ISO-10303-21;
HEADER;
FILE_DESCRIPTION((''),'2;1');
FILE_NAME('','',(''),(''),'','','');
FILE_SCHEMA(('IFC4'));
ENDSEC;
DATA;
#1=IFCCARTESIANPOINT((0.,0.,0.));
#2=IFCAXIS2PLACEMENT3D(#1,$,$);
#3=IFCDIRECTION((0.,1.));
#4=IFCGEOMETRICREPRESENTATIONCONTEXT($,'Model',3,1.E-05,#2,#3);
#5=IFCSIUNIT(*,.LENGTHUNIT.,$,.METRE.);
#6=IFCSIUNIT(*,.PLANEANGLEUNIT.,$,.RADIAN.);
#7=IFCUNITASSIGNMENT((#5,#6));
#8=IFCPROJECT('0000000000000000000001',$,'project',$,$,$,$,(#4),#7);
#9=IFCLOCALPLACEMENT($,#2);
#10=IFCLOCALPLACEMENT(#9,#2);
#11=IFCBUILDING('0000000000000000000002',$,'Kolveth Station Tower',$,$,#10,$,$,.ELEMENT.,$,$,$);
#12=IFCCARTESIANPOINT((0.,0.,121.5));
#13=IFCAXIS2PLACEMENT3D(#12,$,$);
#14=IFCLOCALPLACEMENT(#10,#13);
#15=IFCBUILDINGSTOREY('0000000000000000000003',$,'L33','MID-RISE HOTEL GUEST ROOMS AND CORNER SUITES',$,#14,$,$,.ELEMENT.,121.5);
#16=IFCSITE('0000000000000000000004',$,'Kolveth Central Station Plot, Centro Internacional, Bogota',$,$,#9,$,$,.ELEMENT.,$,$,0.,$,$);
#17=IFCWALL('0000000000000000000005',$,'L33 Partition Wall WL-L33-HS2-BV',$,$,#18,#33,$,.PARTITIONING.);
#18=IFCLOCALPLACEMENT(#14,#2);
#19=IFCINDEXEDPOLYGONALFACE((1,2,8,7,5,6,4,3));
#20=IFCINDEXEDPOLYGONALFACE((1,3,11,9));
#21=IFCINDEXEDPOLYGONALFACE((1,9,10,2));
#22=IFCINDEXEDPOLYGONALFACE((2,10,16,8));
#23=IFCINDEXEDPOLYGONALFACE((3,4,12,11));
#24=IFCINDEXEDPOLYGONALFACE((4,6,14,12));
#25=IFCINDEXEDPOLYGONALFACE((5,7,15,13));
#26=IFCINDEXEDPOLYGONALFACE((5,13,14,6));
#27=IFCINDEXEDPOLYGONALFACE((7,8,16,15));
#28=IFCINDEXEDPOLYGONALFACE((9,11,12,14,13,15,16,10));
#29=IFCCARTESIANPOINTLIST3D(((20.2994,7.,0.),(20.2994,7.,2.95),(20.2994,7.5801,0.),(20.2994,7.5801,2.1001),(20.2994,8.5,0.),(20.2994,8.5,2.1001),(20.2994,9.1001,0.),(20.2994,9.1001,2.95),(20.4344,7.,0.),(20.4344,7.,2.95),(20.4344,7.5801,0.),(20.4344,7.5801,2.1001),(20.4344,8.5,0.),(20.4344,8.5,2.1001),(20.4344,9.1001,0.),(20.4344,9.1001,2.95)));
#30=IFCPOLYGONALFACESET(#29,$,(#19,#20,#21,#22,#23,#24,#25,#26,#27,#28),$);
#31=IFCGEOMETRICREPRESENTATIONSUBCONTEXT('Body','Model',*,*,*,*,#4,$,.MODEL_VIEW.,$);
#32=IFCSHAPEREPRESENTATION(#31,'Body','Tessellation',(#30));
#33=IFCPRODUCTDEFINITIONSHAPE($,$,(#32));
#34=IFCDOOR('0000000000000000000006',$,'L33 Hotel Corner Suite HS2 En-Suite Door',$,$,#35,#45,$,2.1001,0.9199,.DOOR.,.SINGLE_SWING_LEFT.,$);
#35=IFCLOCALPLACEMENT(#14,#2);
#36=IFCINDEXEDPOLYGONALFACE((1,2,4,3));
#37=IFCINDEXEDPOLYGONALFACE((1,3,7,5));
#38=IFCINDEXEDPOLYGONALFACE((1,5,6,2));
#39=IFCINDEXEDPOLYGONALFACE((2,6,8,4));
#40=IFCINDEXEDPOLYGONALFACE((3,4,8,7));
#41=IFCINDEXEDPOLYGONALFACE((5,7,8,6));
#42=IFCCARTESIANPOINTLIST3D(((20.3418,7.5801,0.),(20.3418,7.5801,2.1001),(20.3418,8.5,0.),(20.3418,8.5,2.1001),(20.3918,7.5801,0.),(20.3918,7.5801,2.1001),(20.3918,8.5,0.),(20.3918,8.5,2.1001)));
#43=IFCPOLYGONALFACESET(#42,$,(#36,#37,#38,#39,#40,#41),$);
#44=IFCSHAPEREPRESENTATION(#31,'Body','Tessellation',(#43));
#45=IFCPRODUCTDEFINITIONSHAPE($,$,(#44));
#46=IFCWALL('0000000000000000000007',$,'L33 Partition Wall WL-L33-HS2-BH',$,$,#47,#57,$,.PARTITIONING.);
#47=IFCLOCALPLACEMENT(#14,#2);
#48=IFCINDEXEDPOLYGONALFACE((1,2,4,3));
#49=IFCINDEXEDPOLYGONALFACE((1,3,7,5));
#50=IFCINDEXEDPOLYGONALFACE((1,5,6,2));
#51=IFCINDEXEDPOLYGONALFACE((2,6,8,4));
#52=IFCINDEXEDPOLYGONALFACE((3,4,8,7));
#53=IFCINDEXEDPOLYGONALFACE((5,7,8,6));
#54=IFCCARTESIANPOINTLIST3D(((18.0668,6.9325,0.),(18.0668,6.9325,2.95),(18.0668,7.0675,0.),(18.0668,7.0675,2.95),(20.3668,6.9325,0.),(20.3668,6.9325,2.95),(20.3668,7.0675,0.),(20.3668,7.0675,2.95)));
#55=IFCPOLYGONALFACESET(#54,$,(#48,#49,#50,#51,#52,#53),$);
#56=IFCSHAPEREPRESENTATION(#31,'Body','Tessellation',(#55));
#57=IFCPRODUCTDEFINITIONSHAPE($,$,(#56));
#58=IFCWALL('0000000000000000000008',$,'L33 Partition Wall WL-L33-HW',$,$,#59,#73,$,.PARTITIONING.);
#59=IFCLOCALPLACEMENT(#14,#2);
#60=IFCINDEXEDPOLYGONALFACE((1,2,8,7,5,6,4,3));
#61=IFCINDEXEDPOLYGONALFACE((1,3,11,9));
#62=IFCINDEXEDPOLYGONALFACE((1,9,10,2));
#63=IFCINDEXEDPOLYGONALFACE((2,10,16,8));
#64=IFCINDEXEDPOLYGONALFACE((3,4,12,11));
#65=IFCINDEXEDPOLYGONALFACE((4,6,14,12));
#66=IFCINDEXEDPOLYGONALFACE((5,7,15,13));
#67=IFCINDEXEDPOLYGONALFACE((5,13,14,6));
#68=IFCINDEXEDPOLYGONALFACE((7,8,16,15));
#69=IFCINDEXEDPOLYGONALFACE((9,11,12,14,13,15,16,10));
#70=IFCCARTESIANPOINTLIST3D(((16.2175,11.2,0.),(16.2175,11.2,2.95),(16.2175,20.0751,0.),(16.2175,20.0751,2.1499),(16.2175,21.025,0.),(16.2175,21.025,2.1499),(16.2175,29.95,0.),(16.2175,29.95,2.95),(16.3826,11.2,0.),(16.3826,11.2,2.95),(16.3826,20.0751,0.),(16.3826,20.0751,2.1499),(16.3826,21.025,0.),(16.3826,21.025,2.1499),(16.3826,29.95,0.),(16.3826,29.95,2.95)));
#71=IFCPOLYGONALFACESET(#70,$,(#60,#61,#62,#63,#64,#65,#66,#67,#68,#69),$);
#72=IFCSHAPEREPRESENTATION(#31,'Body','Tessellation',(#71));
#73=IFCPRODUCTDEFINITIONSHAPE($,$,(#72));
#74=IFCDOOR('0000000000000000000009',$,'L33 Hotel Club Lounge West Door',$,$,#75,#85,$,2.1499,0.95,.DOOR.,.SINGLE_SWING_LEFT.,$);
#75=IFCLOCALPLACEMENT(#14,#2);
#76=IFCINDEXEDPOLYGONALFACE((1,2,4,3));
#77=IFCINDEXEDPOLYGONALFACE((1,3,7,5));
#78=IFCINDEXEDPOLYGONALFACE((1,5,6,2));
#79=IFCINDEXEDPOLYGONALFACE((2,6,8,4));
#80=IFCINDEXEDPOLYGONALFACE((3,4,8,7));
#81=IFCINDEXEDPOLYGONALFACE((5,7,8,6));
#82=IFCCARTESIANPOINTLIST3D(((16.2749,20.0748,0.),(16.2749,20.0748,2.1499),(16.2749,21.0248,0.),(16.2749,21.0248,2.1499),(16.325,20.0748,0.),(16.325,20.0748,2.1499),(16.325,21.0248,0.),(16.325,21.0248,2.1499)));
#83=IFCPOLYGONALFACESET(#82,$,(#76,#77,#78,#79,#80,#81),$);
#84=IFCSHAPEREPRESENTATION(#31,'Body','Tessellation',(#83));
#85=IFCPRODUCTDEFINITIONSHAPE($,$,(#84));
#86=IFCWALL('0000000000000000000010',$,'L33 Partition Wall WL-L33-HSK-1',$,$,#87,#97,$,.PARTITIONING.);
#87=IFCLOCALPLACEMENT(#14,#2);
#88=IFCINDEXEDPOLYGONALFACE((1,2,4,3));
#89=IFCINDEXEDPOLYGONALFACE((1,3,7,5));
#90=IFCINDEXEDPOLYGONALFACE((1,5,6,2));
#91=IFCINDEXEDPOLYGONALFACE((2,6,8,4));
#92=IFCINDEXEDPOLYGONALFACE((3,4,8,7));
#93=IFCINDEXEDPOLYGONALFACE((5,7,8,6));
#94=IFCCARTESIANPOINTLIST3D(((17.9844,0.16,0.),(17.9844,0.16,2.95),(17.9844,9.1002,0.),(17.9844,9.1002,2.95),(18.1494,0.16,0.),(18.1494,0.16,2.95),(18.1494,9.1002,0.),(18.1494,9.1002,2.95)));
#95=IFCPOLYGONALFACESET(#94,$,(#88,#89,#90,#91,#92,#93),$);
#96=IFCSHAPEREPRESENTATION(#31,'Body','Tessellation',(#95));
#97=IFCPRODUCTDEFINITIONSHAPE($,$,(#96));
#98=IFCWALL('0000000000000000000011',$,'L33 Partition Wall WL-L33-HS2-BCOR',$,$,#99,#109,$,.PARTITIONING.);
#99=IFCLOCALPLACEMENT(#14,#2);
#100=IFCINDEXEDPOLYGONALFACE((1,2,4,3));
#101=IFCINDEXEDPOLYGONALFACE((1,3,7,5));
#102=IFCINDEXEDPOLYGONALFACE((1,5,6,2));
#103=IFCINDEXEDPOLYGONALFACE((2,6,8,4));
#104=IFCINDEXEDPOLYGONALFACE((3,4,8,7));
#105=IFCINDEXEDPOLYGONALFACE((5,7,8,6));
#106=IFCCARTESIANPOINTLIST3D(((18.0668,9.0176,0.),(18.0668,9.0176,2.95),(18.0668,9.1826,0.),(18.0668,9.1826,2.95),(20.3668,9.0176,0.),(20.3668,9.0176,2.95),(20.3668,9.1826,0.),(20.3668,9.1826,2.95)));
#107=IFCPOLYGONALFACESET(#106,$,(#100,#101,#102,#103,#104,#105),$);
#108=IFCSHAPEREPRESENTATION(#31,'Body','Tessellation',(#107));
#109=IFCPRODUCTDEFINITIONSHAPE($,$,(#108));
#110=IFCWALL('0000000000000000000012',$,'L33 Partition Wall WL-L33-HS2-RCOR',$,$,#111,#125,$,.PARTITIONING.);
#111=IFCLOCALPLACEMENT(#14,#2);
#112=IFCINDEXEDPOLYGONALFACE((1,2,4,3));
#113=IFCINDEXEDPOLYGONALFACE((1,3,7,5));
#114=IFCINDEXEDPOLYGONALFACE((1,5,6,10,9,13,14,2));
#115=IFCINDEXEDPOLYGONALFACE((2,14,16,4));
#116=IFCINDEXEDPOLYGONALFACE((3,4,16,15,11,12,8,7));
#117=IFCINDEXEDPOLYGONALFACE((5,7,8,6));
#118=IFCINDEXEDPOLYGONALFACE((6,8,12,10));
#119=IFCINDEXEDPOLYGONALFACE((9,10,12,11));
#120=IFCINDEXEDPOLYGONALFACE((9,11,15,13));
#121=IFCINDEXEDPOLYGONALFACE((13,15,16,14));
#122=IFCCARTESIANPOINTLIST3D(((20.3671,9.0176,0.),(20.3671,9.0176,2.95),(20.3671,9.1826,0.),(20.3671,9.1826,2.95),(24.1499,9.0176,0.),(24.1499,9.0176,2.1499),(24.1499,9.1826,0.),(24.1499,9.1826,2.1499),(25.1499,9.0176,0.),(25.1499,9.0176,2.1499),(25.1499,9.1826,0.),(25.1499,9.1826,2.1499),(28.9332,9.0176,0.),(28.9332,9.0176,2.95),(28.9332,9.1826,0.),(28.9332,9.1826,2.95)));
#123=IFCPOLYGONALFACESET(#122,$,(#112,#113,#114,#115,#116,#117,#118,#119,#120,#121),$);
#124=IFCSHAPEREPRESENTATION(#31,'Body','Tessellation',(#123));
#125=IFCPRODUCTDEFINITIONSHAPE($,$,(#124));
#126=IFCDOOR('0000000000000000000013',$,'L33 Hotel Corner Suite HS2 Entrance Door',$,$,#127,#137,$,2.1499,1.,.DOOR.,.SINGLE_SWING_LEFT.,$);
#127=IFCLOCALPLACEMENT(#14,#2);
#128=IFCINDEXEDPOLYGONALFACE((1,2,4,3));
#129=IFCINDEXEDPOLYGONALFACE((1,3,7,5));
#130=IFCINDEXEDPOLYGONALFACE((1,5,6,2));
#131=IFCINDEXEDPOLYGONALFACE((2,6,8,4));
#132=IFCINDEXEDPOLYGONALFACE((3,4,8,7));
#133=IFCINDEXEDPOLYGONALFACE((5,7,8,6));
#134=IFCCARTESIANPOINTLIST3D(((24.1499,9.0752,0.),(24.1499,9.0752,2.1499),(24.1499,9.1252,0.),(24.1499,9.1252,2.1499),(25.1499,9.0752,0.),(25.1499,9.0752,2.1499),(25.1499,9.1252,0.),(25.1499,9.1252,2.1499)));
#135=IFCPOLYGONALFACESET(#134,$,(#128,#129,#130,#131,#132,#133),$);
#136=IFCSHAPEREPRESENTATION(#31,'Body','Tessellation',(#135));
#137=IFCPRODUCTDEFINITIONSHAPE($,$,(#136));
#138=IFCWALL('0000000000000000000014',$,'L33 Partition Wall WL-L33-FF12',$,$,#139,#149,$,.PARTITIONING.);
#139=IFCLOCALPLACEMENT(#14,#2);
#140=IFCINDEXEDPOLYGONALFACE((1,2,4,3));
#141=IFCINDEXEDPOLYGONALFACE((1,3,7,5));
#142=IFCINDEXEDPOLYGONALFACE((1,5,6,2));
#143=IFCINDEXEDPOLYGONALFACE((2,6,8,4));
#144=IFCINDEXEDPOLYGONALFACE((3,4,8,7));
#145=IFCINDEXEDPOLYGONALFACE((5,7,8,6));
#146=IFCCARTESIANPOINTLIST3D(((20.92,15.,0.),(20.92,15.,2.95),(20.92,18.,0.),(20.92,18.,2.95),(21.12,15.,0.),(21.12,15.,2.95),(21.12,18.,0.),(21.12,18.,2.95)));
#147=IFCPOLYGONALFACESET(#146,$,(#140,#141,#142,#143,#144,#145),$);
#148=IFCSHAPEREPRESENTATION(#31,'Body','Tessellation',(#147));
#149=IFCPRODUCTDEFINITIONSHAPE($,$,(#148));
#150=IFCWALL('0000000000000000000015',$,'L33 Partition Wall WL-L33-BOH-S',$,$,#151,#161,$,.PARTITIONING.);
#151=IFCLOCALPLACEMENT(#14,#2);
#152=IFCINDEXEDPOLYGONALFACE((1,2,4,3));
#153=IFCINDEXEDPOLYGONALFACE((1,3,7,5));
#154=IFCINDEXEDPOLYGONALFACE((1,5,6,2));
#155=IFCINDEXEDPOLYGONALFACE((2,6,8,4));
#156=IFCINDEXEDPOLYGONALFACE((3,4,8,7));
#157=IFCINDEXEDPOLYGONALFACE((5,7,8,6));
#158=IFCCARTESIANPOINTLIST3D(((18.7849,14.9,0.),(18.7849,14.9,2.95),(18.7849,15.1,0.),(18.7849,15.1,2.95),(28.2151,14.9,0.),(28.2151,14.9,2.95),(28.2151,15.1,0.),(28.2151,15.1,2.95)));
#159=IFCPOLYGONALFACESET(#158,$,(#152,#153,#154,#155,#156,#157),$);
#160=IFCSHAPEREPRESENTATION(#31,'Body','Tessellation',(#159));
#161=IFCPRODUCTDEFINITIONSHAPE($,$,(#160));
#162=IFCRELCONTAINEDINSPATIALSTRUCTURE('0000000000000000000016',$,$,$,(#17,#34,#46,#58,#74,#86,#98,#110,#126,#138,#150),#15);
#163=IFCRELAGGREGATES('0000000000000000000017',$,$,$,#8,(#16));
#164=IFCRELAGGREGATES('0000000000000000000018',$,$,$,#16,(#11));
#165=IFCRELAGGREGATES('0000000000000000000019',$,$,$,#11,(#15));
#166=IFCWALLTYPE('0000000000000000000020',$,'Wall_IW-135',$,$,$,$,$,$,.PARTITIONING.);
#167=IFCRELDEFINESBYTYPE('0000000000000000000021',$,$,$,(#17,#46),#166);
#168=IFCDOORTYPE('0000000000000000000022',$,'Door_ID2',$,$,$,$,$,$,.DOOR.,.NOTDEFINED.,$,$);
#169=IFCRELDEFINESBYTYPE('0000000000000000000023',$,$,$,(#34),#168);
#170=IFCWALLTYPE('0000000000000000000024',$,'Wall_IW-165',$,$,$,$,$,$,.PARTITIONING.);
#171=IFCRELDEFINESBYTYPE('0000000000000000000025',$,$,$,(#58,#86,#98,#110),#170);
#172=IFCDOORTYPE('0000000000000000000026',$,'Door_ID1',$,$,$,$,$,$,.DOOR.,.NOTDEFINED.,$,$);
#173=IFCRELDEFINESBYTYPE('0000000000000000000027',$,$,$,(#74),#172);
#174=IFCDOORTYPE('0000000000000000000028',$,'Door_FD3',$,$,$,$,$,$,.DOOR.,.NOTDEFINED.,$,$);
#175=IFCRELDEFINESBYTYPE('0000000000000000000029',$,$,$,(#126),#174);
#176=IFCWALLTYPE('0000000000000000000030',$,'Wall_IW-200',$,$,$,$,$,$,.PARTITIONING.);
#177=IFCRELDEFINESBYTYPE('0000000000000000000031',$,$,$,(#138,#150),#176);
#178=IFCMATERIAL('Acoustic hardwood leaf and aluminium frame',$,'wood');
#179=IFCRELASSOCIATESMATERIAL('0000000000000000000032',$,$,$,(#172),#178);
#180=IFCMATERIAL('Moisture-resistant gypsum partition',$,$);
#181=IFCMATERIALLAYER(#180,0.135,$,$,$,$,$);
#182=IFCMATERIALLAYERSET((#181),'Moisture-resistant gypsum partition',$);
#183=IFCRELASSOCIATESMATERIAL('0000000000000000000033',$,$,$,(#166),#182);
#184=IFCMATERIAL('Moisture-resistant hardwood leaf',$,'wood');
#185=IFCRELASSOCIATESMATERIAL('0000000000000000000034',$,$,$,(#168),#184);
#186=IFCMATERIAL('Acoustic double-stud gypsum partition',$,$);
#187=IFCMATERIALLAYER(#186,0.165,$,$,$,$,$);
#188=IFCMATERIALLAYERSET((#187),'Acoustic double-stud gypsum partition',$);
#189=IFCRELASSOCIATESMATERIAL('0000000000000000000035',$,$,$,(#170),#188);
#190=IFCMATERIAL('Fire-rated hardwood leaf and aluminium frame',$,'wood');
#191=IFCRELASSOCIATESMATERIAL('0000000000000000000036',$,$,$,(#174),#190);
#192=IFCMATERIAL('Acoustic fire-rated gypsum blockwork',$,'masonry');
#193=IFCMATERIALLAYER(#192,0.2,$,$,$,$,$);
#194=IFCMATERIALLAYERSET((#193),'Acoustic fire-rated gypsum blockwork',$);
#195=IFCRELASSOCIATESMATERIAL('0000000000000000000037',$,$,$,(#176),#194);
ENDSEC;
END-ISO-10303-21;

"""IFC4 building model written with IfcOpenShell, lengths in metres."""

from ifc_helpers import new_model, si_unit, direction, frame, frame_2d, origin, place, context, subcontext, project, spatial, rectangle, extrude, material, layer, layer_set, type_object, element, fill, save


model = new_model("IFC4")

# Units and contexts
model_context = context("Model", 3, precision=1e-05, world=origin(), true_north=direction((0.0, 1.0)))
body_context = subcontext(model_context, "Body", "Model", "MODEL_VIEW")
ifc_project = project(units=[si_unit("LENGTHUNIT", "METRE"), si_unit("PLANEANGLEUNIT", "RADIAN")], contexts=[model_context])

# Site, building, storey
site_placement = place(None, origin())
site = spatial("IfcSite", under=ifc_project, at=site_placement, Name="Kolveth Central Station Plot, Centro Internacional, Bogota", CompositionType="ELEMENT", RefElevation=0.0)
building_placement = place(site_placement, origin())
building = spatial("IfcBuilding", under=site, at=building_placement, Name="Kolveth Station Tower", CompositionType="ELEMENT")
storey_placement = place(building_placement, frame((0.0, 0.0, 121.5)))
storey = spatial("IfcBuildingStorey", under=building, at=storey_placement, Name="L33", Description="MID-RISE HOTEL GUEST ROOMS AND CORNER SUITES", CompositionType="ELEMENT", Elevation=121.5)

# Shared definitions
ifc_material_1 = material(Name="Acoustic hardwood leaf and aluminium frame", Category="wood")
door_type_1 = type_object("IfcDoorType", Name="Door_ID1", OperationType="NOTDEFINED", PredefinedType="DOOR", material=ifc_material_1)

# Wall, opening, door
ifc_material_2 = material(Name="Moisture-resistant gypsum partition")
ifc_layer_1 = layer(ifc_material_2, 0.135)
ifc_layer_set_1 = layer_set([ifc_layer_1], Name="Moisture-resistant gypsum partition")
wall_type_1 = type_object("IfcWallType", Name="Wall_IW-135", PredefinedType="PARTITIONING", material=ifc_layer_set_1)
wall_1_placement = place(storey_placement, frame((20.3669, 7.0, 0.0), z_axis=(0.0, 0.0, 1.0), x_axis=(0.0, 1.0, 0.0)))
wall_1 = element("IfcWall", 1, at=wall_1_placement, inside=storey, type_object=wall_type_1, Name="L33 Partition Wall WL-L33-HS2-BV", PredefinedType="PARTITIONING", context=body_context, shape_type="SweptSolid", body=[
    extrude(rectangle(XDim=2.1001, YDim=0.135, at=frame_2d((1.05, 0.0))), origin(), (0.0, 0.0, 1.0), 2.95),
])
opening_1_placement = place(wall_1_placement, frame((0.5801, 0.0, 0.0)))
opening_1 = element("IfcOpeningElement", 2, at=opening_1_placement, cuts=wall_1, PredefinedType="OPENING", context=body_context, shape_type="SweptSolid", body=[
    extrude(rectangle(XDim=0.9199, YDim=2.1001, at=frame_2d((0.46, 1.05))), frame((0.0, 0.0774, 0.0), z_axis=(0.0, -1.0, 0.0), x_axis=(1.0, 0.0, 0.0)), (0.0, 0.0, 1.0), 0.155),
])
ifc_material_3 = material(Name="Moisture-resistant hardwood leaf", Category="wood")
door_type_2 = type_object("IfcDoorType", Name="Door_ID2", OperationType="NOTDEFINED", PredefinedType="DOOR", material=ifc_material_3)
door_1_placement = place(opening_1_placement, frame((0.9199, 0.0, 0.0), z_axis=(0.0, 0.0, 1.0), x_axis=(-1.0, 0.0, 0.0)))
door_1 = element("IfcDoor", 3, at=door_1_placement, inside=storey, type_object=door_type_2, Name="L33 Hotel Corner Suite HS2 En-Suite Door", OperationType="SINGLE_SWING_LEFT", OverallHeight=2.1001, OverallWidth=0.9199, PredefinedType="DOOR", context=body_context, shape_type="SweptSolid", body=[
    extrude(rectangle(XDim=0.9199, YDim=2.1001, at=frame_2d((0.46, 1.05))), frame((0.0, 0.0249, 0.0), z_axis=(0.0, -1.0, 0.0), x_axis=(1.0, 0.0, 0.0)), (0.0, 0.0, 1.0), 0.05),
])
fill(opening_1, door_1)

# Wall
wall_2_placement = place(storey_placement, frame((18.0669, 7.0, 0.0), z_axis=(0.0, 0.0, 1.0), x_axis=(1.0, 0.0, 0.0)))
element("IfcWall", 4, at=wall_2_placement, inside=storey, type_object=wall_type_1, Name="L33 Partition Wall WL-L33-HS2-BH", PredefinedType="PARTITIONING", context=body_context, shape_type="SweptSolid", body=[
    extrude(rectangle(XDim=2.3, YDim=0.135, at=frame_2d((1.1499, 0.0))), origin(), (0.0, 0.0, 1.0), 2.95),
])

# Wall, opening, door
ifc_material_4 = material(Name="Acoustic double-stud gypsum partition")
ifc_layer_2 = layer(ifc_material_4, 0.165)
ifc_layer_set_2 = layer_set([ifc_layer_2], Name="Acoustic double-stud gypsum partition")
wall_type_2 = type_object("IfcWallType", Name="Wall_IW-165", PredefinedType="PARTITIONING", material=ifc_layer_set_2)
wall_3_placement = place(storey_placement, frame((16.3, 11.2, 0.0), z_axis=(0.0, 0.0, 1.0), x_axis=(0.0, 1.0, 0.0)))
wall_3 = element("IfcWall", 5, at=wall_3_placement, inside=storey, type_object=wall_type_2, Name="L33 Partition Wall WL-L33-HW", PredefinedType="PARTITIONING", context=body_context, shape_type="SweptSolid", body=[
    extrude(rectangle(XDim=18.75, YDim=0.165, at=frame_2d((9.375, 0.0))), origin(), (0.0, 0.0, 1.0), 2.95),
])
opening_2_placement = place(wall_3_placement, frame((8.875, 0.0, 0.0)))
opening_2 = element("IfcOpeningElement", 6, at=opening_2_placement, cuts=wall_3, PredefinedType="OPENING", context=body_context, shape_type="SweptSolid", body=[
    extrude(rectangle(XDim=0.95, YDim=2.1499, at=frame_2d((0.4751, 1.075))), frame((0.0, 0.0925, 0.0), z_axis=(0.0, -1.0, 0.0), x_axis=(1.0, 0.0, 0.0)), (0.0, 0.0, 1.0), 0.1851),
])
door_2_placement = place(opening_2_placement, frame((0.95, 0.0, 0.0), z_axis=(0.0, 0.0, 1.0), x_axis=(-1.0, 0.0, 0.0)))
door_2 = element("IfcDoor", 7, at=door_2_placement, inside=storey, type_object=door_type_1, Name="L33 Hotel Club Lounge West Door", OperationType="SINGLE_SWING_LEFT", OverallHeight=2.1499, OverallWidth=0.95, PredefinedType="DOOR", context=body_context, shape_type="SweptSolid", body=[
    extrude(rectangle(XDim=0.95, YDim=2.1499, at=frame_2d((0.4751, 1.075))), frame((0.0, 0.0249, 0.0), z_axis=(0.0, -1.0, 0.0), x_axis=(1.0, 0.0, 0.0)), (0.0, 0.0, 1.0), 0.05),
])
fill(opening_2, door_2)

# Walls
wall_4_placement = place(storey_placement, frame((18.0669, 0.1599, 0.0), z_axis=(0.0, 0.0, 1.0), x_axis=(0.0, 1.0, 0.0)))
element("IfcWall", 8, at=wall_4_placement, inside=storey, type_object=wall_type_2, Name="L33 Partition Wall WL-L33-HSK-1", PredefinedType="PARTITIONING", context=body_context, shape_type="SweptSolid", body=[
    extrude(rectangle(XDim=8.9402, YDim=0.165, at=frame_2d((4.4702, 0.0))), origin(), (0.0, 0.0, 1.0), 2.95),
])
wall_5_placement = place(storey_placement, frame((18.0669, 9.1001, 0.0), z_axis=(0.0, 0.0, 1.0), x_axis=(1.0, 0.0, 0.0)))
element("IfcWall", 9, at=wall_5_placement, inside=storey, type_object=wall_type_2, Name="L33 Partition Wall WL-L33-HS2-BCOR", PredefinedType="PARTITIONING", context=body_context, shape_type="SweptSolid", body=[
    extrude(rectangle(XDim=2.3, YDim=0.165, at=frame_2d((1.1499, 0.0))), origin(), (0.0, 0.0, 1.0), 2.95),
])

# Wall, opening, door
wall_6_placement = place(storey_placement, frame((20.3669, 9.1001, 0.0), z_axis=(0.0, 0.0, 1.0), x_axis=(1.0, 0.0, 0.0)))
wall_6 = element("IfcWall", 10, at=wall_6_placement, inside=storey, type_object=wall_type_2, Name="L33 Partition Wall WL-L33-HS2-RCOR", PredefinedType="PARTITIONING", context=body_context, shape_type="SweptSolid", body=[
    extrude(rectangle(XDim=8.5662, YDim=0.165, at=frame_2d((4.2832, 0.0))), origin(), (0.0, 0.0, 1.0), 2.95),
])
opening_3_placement = place(wall_6_placement, frame((3.783, 0.0, 0.0)))
opening_3 = element("IfcOpeningElement", 11, at=opening_3_placement, cuts=wall_6, PredefinedType="OPENING", context=body_context, shape_type="SweptSolid", body=[
    extrude(rectangle(XDim=1.0, YDim=2.1499, at=frame_2d((0.5, 1.075))), frame((0.0, 0.0925, 0.0), z_axis=(0.0, -1.0, 0.0), x_axis=(1.0, 0.0, 0.0)), (0.0, 0.0, 1.0), 0.1851),
])
ifc_material_5 = material(Name="Fire-rated hardwood leaf and aluminium frame", Category="wood")
door_type_3 = type_object("IfcDoorType", Name="Door_FD3", OperationType="NOTDEFINED", PredefinedType="DOOR", material=ifc_material_5)
door_3_placement = place(opening_3_placement, frame((1.0, 0.0, 0.0), z_axis=(0.0, 0.0, 1.0), x_axis=(-1.0, 0.0, 0.0)))
door_3 = element("IfcDoor", 12, at=door_3_placement, inside=storey, type_object=door_type_3, Name="L33 Hotel Corner Suite HS2 Entrance Door", OperationType="SINGLE_SWING_LEFT", OverallHeight=2.1499, OverallWidth=1.0, PredefinedType="DOOR", context=body_context, shape_type="SweptSolid", body=[
    extrude(rectangle(XDim=1.0, YDim=2.1499, at=frame_2d((0.5, 1.075))), frame((0.0, 0.0249, 0.0), z_axis=(0.0, -1.0, 0.0), x_axis=(1.0, 0.0, 0.0)), (0.0, 0.0, 1.0), 0.05),
])
fill(opening_3, door_3)

# Walls
ifc_material_6 = material(Name="Acoustic fire-rated gypsum blockwork", Category="masonry")
ifc_layer_3 = layer(ifc_material_6, 0.2)
ifc_layer_set_3 = layer_set([ifc_layer_3], Name="Acoustic fire-rated gypsum blockwork")
wall_type_3 = type_object("IfcWallType", Name="Wall_IW-200", PredefinedType="PARTITIONING", material=ifc_layer_set_3)
wall_7_placement = place(storey_placement, frame((21.02, 15.0, 0.0), z_axis=(0.0, 0.0, 1.0), x_axis=(0.0, 1.0, 0.0)))
element("IfcWall", 13, at=wall_7_placement, inside=storey, type_object=wall_type_3, Name="L33 Partition Wall WL-L33-FF12", PredefinedType="PARTITIONING", context=body_context, shape_type="SweptSolid", body=[
    extrude(rectangle(XDim=3.0, YDim=0.2, at=frame_2d((1.5, 0.0))), origin(), (0.0, 0.0, 1.0), 2.95),
])
wall_8_placement = place(storey_placement, frame((18.7849, 15.0, 0.0), z_axis=(0.0, 0.0, 1.0), x_axis=(1.0, 0.0, 0.0)))
element("IfcWall", 14, at=wall_8_placement, inside=storey, type_object=wall_type_3, Name="L33 Partition Wall WL-L33-BOH-S", PredefinedType="PARTITIONING", context=body_context, shape_type="SweptSolid", body=[
    extrude(rectangle(XDim=9.4302, YDim=0.2, at=frame_2d((4.7151, 0.0))), origin(), (0.0, 0.0, 1.0), 2.95),
])

save(model, "model.ifc")
